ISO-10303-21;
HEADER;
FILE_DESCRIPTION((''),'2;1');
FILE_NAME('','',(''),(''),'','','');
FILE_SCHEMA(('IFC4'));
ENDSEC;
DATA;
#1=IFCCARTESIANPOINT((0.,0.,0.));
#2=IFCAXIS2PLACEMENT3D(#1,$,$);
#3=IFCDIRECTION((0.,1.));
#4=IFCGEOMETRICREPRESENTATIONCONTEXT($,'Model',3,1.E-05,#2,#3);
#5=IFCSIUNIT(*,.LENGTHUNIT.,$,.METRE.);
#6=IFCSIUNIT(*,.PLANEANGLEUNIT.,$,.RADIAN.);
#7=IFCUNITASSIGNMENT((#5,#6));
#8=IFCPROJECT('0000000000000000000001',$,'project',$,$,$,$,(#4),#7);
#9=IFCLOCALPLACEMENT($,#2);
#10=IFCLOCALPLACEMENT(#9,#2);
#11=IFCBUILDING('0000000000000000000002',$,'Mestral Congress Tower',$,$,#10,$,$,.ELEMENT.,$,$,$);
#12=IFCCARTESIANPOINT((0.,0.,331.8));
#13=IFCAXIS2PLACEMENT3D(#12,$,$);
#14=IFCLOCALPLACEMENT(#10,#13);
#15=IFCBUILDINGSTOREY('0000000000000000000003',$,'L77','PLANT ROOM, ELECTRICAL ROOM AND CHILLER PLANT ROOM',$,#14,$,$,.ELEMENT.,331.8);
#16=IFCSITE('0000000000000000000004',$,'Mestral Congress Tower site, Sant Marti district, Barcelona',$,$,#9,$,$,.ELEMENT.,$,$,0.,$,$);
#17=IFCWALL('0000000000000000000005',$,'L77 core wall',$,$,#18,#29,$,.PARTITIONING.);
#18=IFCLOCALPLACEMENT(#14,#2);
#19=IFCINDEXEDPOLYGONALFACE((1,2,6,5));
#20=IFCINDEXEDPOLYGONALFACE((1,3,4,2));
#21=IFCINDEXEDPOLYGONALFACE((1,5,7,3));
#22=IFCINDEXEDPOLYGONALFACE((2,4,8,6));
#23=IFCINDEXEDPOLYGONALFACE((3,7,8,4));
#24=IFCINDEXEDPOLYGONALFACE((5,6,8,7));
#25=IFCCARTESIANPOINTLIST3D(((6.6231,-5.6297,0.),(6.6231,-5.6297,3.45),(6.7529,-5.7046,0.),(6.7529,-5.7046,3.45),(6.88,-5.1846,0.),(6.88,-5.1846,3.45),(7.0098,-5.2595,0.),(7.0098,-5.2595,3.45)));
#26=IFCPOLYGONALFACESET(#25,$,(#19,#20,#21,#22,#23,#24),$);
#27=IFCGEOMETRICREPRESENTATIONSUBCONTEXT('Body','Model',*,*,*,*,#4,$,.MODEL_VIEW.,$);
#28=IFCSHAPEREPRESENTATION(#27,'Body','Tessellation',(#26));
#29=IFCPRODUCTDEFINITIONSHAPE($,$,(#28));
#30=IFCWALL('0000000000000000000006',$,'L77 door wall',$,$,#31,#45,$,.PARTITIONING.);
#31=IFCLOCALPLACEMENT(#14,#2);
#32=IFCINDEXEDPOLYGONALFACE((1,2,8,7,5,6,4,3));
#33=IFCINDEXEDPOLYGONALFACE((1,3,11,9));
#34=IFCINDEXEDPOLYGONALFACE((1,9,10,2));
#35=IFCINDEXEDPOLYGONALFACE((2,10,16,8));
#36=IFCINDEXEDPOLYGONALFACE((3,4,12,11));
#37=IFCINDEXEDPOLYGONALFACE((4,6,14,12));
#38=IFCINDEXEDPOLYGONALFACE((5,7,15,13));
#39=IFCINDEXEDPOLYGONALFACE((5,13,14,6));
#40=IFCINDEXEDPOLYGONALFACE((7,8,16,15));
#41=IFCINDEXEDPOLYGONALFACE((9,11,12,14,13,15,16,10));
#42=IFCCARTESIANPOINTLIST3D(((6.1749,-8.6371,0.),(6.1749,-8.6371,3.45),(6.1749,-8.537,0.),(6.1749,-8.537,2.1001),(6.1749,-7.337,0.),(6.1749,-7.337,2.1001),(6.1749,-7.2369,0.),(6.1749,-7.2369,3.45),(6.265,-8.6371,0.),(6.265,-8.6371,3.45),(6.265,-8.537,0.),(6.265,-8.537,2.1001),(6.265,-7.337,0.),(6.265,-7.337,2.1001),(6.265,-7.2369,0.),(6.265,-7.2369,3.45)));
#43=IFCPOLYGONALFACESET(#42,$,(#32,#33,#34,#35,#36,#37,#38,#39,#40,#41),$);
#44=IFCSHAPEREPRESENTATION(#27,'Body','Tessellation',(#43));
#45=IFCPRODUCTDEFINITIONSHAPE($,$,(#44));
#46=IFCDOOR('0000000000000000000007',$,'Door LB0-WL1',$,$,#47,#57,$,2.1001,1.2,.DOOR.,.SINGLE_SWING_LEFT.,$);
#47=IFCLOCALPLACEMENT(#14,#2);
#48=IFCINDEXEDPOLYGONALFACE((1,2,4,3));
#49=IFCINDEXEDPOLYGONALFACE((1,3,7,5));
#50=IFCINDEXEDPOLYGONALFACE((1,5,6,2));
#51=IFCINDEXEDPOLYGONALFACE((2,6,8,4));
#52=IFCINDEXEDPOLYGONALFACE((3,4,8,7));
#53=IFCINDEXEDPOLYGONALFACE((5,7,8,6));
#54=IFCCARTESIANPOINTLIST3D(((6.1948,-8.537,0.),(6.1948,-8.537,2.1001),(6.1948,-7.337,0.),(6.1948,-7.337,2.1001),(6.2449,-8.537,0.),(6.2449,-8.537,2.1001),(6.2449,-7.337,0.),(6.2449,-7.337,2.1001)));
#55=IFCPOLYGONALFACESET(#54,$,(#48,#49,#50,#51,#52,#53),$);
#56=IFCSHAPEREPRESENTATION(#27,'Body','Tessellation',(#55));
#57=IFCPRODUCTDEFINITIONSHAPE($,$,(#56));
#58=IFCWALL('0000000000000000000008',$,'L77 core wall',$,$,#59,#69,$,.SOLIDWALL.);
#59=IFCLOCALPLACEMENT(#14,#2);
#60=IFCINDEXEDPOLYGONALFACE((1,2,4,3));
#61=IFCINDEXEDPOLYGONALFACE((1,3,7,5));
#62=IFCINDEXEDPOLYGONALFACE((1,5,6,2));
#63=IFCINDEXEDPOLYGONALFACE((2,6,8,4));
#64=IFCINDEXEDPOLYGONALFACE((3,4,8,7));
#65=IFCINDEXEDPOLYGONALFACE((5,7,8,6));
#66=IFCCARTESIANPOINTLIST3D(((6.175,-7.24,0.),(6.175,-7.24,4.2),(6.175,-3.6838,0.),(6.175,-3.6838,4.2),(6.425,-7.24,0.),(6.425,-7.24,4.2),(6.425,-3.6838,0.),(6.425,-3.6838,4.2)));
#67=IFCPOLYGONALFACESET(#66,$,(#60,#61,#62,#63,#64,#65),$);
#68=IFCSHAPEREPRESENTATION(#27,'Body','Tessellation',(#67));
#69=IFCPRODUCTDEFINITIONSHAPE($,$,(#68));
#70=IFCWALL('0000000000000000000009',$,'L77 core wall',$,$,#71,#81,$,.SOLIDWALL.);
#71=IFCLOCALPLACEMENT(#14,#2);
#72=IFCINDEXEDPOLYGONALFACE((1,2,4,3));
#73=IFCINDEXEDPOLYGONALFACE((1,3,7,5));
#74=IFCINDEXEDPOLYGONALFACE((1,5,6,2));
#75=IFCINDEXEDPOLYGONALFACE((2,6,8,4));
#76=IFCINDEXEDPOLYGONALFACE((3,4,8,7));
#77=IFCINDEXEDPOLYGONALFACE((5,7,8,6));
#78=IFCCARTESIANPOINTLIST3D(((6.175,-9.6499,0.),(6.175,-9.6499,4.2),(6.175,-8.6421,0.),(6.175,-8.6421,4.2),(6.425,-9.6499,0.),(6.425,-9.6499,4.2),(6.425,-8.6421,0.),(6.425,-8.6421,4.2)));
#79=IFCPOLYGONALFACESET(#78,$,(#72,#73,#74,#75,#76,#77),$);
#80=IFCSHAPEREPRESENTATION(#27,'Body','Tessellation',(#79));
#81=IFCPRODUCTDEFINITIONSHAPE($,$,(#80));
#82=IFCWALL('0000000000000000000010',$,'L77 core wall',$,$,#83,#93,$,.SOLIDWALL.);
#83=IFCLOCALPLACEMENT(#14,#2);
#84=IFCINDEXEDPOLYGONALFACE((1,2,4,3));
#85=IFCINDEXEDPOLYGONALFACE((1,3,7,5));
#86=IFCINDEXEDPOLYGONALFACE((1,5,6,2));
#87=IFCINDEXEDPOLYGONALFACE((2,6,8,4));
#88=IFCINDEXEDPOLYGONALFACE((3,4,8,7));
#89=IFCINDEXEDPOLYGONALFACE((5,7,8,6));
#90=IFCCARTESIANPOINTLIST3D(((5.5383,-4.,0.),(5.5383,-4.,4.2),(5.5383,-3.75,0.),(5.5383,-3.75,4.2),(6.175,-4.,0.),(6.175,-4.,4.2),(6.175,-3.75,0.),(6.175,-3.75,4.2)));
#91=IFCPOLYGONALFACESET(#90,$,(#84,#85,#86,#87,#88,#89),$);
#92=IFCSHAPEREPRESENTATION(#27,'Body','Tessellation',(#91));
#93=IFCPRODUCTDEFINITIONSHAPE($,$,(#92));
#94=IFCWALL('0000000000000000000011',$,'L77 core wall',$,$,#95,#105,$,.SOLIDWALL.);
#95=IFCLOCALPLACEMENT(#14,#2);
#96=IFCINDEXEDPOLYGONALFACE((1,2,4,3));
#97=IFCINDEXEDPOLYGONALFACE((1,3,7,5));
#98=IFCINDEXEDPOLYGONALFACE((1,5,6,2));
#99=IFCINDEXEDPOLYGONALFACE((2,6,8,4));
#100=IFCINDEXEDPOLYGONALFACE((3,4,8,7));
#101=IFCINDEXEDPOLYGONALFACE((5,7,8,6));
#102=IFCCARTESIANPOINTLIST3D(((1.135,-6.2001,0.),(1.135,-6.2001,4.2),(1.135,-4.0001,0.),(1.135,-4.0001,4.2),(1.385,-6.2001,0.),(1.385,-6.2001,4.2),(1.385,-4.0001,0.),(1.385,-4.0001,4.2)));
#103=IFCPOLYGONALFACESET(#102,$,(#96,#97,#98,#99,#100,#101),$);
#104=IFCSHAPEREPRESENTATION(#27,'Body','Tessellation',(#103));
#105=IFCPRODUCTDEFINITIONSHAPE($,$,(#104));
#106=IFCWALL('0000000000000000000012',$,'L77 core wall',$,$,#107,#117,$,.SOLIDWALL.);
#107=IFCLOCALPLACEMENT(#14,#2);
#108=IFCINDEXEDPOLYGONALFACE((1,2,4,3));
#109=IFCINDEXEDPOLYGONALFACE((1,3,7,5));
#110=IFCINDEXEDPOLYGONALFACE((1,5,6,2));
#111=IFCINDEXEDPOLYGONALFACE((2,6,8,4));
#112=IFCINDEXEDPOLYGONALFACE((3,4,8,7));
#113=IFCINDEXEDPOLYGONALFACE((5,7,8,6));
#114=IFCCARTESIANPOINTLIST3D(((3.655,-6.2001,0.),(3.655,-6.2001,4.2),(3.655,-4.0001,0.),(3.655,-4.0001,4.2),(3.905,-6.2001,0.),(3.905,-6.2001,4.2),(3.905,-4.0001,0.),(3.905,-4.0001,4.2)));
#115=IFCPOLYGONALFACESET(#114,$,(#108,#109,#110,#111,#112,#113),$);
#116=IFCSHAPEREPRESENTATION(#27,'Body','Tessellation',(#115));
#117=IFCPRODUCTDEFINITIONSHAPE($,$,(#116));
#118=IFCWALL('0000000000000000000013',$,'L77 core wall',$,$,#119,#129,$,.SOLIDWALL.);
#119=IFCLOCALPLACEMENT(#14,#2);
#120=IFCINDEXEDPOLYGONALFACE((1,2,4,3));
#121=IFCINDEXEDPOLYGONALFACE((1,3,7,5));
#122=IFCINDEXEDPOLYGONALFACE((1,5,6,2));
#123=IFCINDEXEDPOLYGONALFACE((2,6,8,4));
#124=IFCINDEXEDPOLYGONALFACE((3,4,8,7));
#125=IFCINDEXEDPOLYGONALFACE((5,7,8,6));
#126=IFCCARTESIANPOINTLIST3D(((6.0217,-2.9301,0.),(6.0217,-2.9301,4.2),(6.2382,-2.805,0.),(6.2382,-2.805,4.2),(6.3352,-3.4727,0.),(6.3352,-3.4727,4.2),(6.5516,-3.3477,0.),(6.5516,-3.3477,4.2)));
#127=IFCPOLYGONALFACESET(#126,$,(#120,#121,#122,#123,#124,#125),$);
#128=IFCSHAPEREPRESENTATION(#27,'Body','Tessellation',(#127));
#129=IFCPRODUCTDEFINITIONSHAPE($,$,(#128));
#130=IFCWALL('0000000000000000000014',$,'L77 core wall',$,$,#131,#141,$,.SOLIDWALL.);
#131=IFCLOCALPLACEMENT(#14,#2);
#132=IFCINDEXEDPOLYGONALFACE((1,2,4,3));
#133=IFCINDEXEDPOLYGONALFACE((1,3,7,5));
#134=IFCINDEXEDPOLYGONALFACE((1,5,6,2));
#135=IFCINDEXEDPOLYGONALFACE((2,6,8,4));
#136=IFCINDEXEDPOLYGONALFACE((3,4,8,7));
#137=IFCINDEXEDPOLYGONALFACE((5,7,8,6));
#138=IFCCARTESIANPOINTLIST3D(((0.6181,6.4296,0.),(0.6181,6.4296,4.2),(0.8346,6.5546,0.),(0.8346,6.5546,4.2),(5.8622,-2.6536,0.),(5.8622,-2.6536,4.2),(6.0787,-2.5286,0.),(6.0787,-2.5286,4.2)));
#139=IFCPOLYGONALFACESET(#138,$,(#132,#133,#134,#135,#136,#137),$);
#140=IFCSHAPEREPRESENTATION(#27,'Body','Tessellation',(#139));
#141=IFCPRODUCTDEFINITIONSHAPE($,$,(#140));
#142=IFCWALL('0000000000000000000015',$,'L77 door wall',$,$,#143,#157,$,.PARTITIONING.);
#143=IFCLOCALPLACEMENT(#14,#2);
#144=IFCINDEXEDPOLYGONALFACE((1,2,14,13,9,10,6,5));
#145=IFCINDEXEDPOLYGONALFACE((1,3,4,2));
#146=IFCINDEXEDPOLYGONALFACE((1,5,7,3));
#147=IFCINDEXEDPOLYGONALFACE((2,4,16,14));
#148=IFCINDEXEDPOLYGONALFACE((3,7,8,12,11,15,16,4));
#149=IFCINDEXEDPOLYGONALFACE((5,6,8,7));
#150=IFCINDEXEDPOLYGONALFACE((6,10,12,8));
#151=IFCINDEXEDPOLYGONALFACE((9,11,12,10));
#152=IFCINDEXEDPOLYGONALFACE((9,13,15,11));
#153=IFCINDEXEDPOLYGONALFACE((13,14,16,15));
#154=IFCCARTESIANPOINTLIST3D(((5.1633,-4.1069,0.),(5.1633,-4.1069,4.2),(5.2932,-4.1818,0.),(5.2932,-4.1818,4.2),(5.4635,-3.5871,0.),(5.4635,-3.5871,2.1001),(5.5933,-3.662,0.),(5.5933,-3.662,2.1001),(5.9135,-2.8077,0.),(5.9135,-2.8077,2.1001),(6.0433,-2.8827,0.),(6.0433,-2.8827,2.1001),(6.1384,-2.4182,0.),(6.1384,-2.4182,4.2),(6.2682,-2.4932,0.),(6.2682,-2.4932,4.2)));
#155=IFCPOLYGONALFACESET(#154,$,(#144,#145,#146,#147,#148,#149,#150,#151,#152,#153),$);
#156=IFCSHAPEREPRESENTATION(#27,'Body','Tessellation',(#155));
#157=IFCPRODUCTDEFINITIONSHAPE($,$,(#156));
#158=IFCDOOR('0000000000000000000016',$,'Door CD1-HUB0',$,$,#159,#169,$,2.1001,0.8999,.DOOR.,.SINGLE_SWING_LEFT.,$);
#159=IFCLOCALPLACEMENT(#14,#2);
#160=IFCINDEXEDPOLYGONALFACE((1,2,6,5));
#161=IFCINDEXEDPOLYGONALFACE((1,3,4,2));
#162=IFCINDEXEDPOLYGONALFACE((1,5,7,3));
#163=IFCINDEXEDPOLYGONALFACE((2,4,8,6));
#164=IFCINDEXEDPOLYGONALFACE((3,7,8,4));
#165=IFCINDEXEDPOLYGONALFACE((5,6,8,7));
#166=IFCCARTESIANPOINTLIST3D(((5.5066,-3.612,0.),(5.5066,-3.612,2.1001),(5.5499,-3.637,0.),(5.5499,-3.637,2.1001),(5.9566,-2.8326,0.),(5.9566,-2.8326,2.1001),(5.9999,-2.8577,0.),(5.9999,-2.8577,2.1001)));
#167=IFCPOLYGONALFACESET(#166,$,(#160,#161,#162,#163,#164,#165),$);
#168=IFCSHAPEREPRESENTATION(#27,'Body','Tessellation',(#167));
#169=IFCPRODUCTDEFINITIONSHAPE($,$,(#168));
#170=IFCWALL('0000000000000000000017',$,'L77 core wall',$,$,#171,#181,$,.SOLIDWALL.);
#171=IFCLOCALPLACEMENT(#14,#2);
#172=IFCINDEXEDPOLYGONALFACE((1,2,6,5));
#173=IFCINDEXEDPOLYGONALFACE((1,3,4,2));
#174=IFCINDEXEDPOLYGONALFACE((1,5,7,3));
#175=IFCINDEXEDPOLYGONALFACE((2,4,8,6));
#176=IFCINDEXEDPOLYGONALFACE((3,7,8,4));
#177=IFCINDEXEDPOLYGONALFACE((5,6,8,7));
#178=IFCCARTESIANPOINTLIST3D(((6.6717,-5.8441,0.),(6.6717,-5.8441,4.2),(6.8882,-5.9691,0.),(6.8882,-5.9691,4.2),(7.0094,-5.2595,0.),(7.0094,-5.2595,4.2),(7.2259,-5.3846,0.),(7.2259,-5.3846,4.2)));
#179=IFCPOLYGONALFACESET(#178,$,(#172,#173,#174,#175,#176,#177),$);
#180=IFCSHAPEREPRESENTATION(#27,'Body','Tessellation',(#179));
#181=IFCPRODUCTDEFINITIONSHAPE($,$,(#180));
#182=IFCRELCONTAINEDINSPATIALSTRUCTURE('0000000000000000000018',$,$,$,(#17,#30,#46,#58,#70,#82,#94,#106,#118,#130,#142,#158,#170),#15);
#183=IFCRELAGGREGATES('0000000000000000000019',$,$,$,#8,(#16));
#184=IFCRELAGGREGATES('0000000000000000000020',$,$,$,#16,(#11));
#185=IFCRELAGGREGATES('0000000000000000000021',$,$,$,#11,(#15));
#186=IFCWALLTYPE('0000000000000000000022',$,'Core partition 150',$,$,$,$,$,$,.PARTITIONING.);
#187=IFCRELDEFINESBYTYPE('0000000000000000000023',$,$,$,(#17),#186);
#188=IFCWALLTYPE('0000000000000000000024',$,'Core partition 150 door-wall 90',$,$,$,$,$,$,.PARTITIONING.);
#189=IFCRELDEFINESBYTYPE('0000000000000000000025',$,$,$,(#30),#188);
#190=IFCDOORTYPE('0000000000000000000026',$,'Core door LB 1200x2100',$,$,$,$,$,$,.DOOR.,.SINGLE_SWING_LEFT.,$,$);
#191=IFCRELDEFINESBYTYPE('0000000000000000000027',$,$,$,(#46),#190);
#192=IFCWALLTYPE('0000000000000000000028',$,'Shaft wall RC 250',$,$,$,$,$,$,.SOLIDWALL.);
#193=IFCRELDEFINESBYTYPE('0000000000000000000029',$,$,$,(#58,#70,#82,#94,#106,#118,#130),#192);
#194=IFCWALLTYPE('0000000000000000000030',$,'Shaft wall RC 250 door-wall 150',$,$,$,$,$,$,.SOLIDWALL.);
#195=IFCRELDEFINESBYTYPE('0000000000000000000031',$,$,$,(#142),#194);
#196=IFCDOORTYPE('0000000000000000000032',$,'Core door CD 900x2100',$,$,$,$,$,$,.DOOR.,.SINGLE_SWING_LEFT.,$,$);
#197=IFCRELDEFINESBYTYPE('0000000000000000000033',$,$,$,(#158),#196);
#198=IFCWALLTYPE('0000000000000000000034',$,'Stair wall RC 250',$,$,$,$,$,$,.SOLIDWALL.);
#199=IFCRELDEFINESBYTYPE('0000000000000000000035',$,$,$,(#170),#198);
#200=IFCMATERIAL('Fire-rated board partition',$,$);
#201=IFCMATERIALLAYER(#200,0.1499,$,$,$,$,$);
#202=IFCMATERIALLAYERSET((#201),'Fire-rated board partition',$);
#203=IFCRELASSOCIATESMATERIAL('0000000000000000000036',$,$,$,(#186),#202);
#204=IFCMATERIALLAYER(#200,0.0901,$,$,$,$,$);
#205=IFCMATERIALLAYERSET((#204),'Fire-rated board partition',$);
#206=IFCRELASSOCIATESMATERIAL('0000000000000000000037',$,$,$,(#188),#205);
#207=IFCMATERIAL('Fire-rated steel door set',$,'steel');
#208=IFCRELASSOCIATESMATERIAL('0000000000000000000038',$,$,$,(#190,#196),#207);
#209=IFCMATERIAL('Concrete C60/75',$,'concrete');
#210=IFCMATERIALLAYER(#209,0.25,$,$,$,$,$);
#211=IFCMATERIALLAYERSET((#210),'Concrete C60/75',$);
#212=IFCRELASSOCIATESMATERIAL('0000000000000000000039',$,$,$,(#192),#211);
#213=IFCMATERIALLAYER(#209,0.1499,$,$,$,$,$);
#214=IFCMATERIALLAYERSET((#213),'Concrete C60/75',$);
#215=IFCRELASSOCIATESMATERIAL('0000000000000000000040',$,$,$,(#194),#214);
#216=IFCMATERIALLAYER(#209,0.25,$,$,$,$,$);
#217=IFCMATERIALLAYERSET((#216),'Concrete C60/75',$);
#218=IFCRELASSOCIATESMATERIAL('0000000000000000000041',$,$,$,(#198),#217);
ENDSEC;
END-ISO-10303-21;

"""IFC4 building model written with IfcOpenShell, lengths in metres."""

from ifc_helpers import new_model, si_unit, direction, frame, frame_2d, origin, place, context, subcontext, project, spatial, rectangle, extrude, material, layer, layer_set, type_object, element, fill, save


model = new_model("IFC4")

# Units and contexts
model_context = context("Model", 3, precision=1e-05, world=origin(), true_north=direction((0.0, 1.0)))
body_context = subcontext(model_context, "Body", "Model", "MODEL_VIEW")
ifc_project = project(units=[si_unit("LENGTHUNIT", "METRE"), si_unit("PLANEANGLEUNIT", "RADIAN")], contexts=[model_context])

# Site, building, storey
site_placement = place(None, origin())
site = spatial("IfcSite", under=ifc_project, at=site_placement, Name="Mestral Congress Tower site, Sant Marti district, Barcelona", CompositionType="ELEMENT", RefElevation=0.0)
building_placement = place(site_placement, origin())
building = spatial("IfcBuilding", under=site, at=building_placement, Name="Mestral Congress Tower", CompositionType="ELEMENT")
storey_placement = place(building_placement, frame((0.0, 0.0, 331.8)))
storey = spatial("IfcBuildingStorey", under=building, at=storey_placement, Name="L77", Description="PLANT ROOM, ELECTRICAL ROOM AND CHILLER PLANT ROOM", CompositionType="ELEMENT", Elevation=331.8)

# Wall
ifc_material_1 = material(Name="Fire-rated board partition")
ifc_layer_1 = layer(ifc_material_1, 0.1499)
ifc_layer_set_1 = layer_set([ifc_layer_1], Name="Fire-rated board partition")
wall_type_1 = type_object("IfcWallType", Name="Core partition 150", PredefinedType="PARTITIONING", material=ifc_layer_set_1)
wall_1_placement = place(storey_placement, frame((6.9448, -5.2222, 0.0), z_axis=(0.0, 0.0, 1.0), x_axis=(-0.499818, -0.86613, 0.0)))
element("IfcWall", 1, at=wall_1_placement, inside=storey, type_object=wall_type_1, Name="L77 core wall", PredefinedType="PARTITIONING", context=body_context, shape_type="SweptSolid", body=[
    extrude(rectangle(XDim=0.5139, YDim=0.1499, at=frame_2d((0.2568, 0.0))), origin(), (0.0, 0.0, 1.0), 3.45),
])

# Wall, opening, door
ifc_layer_2 = layer(ifc_material_1, 0.0901)
ifc_layer_set_2 = layer_set([ifc_layer_2], Name="Fire-rated board partition")
wall_type_2 = type_object("IfcWallType", Name="Core partition 150 door-wall 90", PredefinedType="PARTITIONING", material=ifc_layer_set_2)
wall_2_placement = place(storey_placement, frame((6.22, -7.2368, 0.0), z_axis=(0.0, 0.0, 1.0), x_axis=(0.0, -1.0, 0.0)))
wall_2 = element("IfcWall", 2, at=wall_2_placement, inside=storey, type_object=wall_type_2, Name="L77 door wall", PredefinedType="PARTITIONING", context=body_context, shape_type="SweptSolid", body=[
    extrude(rectangle(XDim=1.4001, YDim=0.0901, at=frame_2d((0.7002, 0.0))), origin(), (0.0, 0.0, 1.0), 3.45),
])
opening_1_placement = place(wall_2_placement, frame((0.1001, 0.0, 0.0)))
opening_1 = element("IfcOpeningElement", 3, at=opening_1_placement, cuts=wall_2, PredefinedType="OPENING", context=body_context, shape_type="SweptSolid", body=[
    extrude(rectangle(XDim=1.2, YDim=2.1001, at=frame_2d((0.6001, 1.05))), frame((0.0, 0.0549, 0.0), z_axis=(0.0, -1.0, 0.0), x_axis=(1.0, 0.0, 0.0)), (0.0, 0.0, 1.0), 0.1101),
])
ifc_material_2 = material(Name="Fire-rated steel door set", Category="steel")
door_type_1 = type_object("IfcDoorType", Name="Core door LB 1200x2100", OperationType="SINGLE_SWING_LEFT", PredefinedType="DOOR", material=ifc_material_2)
door_1_placement = place(opening_1_placement, origin())
door_1 = element("IfcDoor", 4, at=door_1_placement, inside=storey, type_object=door_type_1, Name="Door LB0-WL1", OperationType="SINGLE_SWING_LEFT", OverallHeight=2.1001, OverallWidth=1.2, PredefinedType="DOOR", context=body_context, shape_type="SweptSolid", body=[
    extrude(rectangle(XDim=1.2, YDim=2.1001, at=frame_2d((0.6001, 1.05))), frame((0.0, 0.0249, 0.0), z_axis=(0.0, -1.0, 0.0), x_axis=(1.0, 0.0, 0.0)), (0.0, 0.0, 1.0), 0.05),
])
fill(opening_1, door_1)

# Walls
ifc_material_3 = material(Name="Concrete C60/75", Category="concrete")
ifc_layer_3 = layer(ifc_material_3, 0.25)
ifc_layer_set_3 = layer_set([ifc_layer_3], Name="Concrete C60/75")
wall_type_3 = type_object("IfcWallType", Name="Shaft wall RC 250", PredefinedType="SOLIDWALL", material=ifc_layer_set_3)
wall_3_placement = place(storey_placement, frame((6.3, -7.24, 0.0), z_axis=(0.0, 0.0, 1.0), x_axis=(0.0, 1.0, 0.0)))
element("IfcWall", 5, at=wall_3_placement, inside=storey, type_object=wall_type_3, Name="L77 core wall", PredefinedType="SOLIDWALL", context=body_context, shape_type="SweptSolid", body=[
    extrude(rectangle(XDim=3.5562, YDim=0.25, at=frame_2d((1.7781, 0.0))), origin(), (0.0, 0.0, 1.0), 4.2),
])
wall_4_placement = place(storey_placement, frame((6.3, -9.6499, 0.0), z_axis=(0.0, 0.0, 1.0), x_axis=(0.0, 1.0, 0.0)))
element("IfcWall", 6, at=wall_4_placement, inside=storey, type_object=wall_type_3, Name="L77 core wall", PredefinedType="SOLIDWALL", context=body_context, shape_type="SweptSolid", body=[
    extrude(rectangle(XDim=1.0078, YDim=0.25, at=frame_2d((0.5039, 0.0))), origin(), (0.0, 0.0, 1.0), 4.2),
])
wall_5_placement = place(storey_placement, frame((5.5383, -3.875, 0.0), z_axis=(0.0, 0.0, 1.0), x_axis=(1.0, 0.0, 0.0)))
element("IfcWall", 7, at=wall_5_placement, inside=storey, type_object=wall_type_3, Name="L77 core wall", PredefinedType="SOLIDWALL", context=body_context, shape_type="SweptSolid", body=[
    extrude(rectangle(XDim=0.6367, YDim=0.25, at=frame_2d((0.3184, 0.0))), origin(), (0.0, 0.0, 1.0), 4.2),
])
for number, where, z_axis, x_axis, name in (
    (8, (1.26, -4.0, 0.0), (0.0, 0.0, 1.0), (0.0, -1.0, 0.0), "L77 core wall"),
    (9, (3.78, -4.0, 0.0), (0.0, 0.0, 1.0), (0.0, -1.0, 0.0), "L77 core wall"),
):
    element("IfcWall", number, at=place(storey_placement, frame(where, z_axis=z_axis, x_axis=x_axis)), inside=storey, type_object=wall_type_3, Name=name, PredefinedType="SOLIDWALL", context=body_context, shape_type="SweptSolid", body=[
        extrude(rectangle(XDim=2.2, YDim=0.25, at=frame_2d((1.1001, 0.0))), origin(), (0.0, 0.0, 1.0), 4.2),
    ])
wall_6_placement = place(storey_placement, frame((6.1299, -2.8674, 0.0), z_axis=(0.0, 0.0, 1.0), x_axis=(0.500161, -0.865933, 0.0)))
element("IfcWall", 10, at=wall_6_placement, inside=storey, type_object=wall_type_3, Name="L77 core wall", PredefinedType="SOLIDWALL", context=body_context, shape_type="SweptSolid", body=[
    extrude(rectangle(XDim=0.6267, YDim=0.25, at=frame_2d((0.3135, 0.0))), origin(), (0.0, 0.0, 1.0), 4.2),
])
wall_7_placement = place(storey_placement, frame((5.9705, -2.5911, 0.0), z_axis=(0.0, 0.0, 1.0), x_axis=(-0.499994, 0.866029, 0.0)))
element("IfcWall", 11, at=wall_7_placement, inside=storey, type_object=wall_type_3, Name="L77 core wall", PredefinedType="SOLIDWALL", context=body_context, shape_type="SweptSolid", body=[
    extrude(rectangle(XDim=10.4883, YDim=0.25, at=frame_2d((5.2441, 0.0))), origin(), (0.0, 0.0, 1.0), 4.2),
])

# Wall, opening, door
ifc_layer_4 = layer(ifc_material_3, 0.1499)
ifc_layer_set_4 = layer_set([ifc_layer_4], Name="Concrete C60/75")
wall_type_4 = type_object("IfcWallType", Name="Shaft wall RC 250 door-wall 150", PredefinedType="SOLIDWALL", material=ifc_layer_set_4)
wall_8_placement = place(storey_placement, frame((6.2034, -2.4556, 0.0), z_axis=(0.0, 0.0, 1.0), x_axis=(-0.500044, -0.866, 0.0)))
wall_8 = element("IfcWall", 12, at=wall_8_placement, inside=storey, type_object=wall_type_4, Name="L77 door wall", PredefinedType="PARTITIONING", context=body_context, shape_type="SweptSolid", body=[
    extrude(rectangle(XDim=1.95, YDim=0.1499, at=frame_2d((0.9751, 0.0))), origin(), (0.0, 0.0, 1.0), 4.2),
])
opening_2_placement = place(wall_8_placement, frame((0.45, 0.0, 0.0)))
opening_2 = element("IfcOpeningElement", 13, at=opening_2_placement, cuts=wall_8, PredefinedType="OPENING", context=body_context, shape_type="SweptSolid", body=[
    extrude(rectangle(XDim=0.8999, YDim=2.1001, at=frame_2d((0.45, 1.05))), frame((0.0, 0.085, 0.0), z_axis=(0.0, -1.0, 0.0), x_axis=(1.0, 0.0, 0.0)), (0.0, 0.0, 1.0), 0.1699),
])
door_type_2 = type_object("IfcDoorType", Name="Core door CD 900x2100", OperationType="SINGLE_SWING_LEFT", PredefinedType="DOOR", material=ifc_material_2)
door_2_placement = place(opening_2_placement, origin())
door_2 = element("IfcDoor", 14, at=door_2_placement, inside=storey, type_object=door_type_2, Name="Door CD1-HUB0", OperationType="SINGLE_SWING_LEFT", OverallHeight=2.1001, OverallWidth=0.8999, PredefinedType="DOOR", context=body_context, shape_type="SweptSolid", body=[
    extrude(rectangle(XDim=0.8999, YDim=2.1001, at=frame_2d((0.45, 1.05))), frame((0.0, 0.0249, 0.0), z_axis=(0.0, -1.0, 0.0), x_axis=(1.0, 0.0, 0.0)), (0.0, 0.0, 1.0), 0.05),
])
fill(opening_2, door_2)

# Wall
ifc_layer_5 = layer(ifc_material_3, 0.25)
ifc_layer_set_5 = layer_set([ifc_layer_5], Name="Concrete C60/75")
wall_type_5 = type_object("IfcWallType", Name="Stair wall RC 250", PredefinedType="SOLIDWALL", material=ifc_layer_set_5)
wall_9_placement = place(storey_placement, frame((6.78, -5.9065, 0.0), z_axis=(0.0, 0.0, 1.0), x_axis=(0.500223, 0.865896, 0.0)))
element("IfcWall", 15, at=wall_9_placement, inside=storey, type_object=wall_type_5, Name="L77 core wall", PredefinedType="SOLIDWALL", context=body_context, shape_type="SweptSolid", body=[
    extrude(rectangle(XDim=0.675, YDim=0.25, at=frame_2d((0.3374, 0.0))), origin(), (0.0, 0.0, 1.0), 4.2),
])

save(model, "model.ifc")
